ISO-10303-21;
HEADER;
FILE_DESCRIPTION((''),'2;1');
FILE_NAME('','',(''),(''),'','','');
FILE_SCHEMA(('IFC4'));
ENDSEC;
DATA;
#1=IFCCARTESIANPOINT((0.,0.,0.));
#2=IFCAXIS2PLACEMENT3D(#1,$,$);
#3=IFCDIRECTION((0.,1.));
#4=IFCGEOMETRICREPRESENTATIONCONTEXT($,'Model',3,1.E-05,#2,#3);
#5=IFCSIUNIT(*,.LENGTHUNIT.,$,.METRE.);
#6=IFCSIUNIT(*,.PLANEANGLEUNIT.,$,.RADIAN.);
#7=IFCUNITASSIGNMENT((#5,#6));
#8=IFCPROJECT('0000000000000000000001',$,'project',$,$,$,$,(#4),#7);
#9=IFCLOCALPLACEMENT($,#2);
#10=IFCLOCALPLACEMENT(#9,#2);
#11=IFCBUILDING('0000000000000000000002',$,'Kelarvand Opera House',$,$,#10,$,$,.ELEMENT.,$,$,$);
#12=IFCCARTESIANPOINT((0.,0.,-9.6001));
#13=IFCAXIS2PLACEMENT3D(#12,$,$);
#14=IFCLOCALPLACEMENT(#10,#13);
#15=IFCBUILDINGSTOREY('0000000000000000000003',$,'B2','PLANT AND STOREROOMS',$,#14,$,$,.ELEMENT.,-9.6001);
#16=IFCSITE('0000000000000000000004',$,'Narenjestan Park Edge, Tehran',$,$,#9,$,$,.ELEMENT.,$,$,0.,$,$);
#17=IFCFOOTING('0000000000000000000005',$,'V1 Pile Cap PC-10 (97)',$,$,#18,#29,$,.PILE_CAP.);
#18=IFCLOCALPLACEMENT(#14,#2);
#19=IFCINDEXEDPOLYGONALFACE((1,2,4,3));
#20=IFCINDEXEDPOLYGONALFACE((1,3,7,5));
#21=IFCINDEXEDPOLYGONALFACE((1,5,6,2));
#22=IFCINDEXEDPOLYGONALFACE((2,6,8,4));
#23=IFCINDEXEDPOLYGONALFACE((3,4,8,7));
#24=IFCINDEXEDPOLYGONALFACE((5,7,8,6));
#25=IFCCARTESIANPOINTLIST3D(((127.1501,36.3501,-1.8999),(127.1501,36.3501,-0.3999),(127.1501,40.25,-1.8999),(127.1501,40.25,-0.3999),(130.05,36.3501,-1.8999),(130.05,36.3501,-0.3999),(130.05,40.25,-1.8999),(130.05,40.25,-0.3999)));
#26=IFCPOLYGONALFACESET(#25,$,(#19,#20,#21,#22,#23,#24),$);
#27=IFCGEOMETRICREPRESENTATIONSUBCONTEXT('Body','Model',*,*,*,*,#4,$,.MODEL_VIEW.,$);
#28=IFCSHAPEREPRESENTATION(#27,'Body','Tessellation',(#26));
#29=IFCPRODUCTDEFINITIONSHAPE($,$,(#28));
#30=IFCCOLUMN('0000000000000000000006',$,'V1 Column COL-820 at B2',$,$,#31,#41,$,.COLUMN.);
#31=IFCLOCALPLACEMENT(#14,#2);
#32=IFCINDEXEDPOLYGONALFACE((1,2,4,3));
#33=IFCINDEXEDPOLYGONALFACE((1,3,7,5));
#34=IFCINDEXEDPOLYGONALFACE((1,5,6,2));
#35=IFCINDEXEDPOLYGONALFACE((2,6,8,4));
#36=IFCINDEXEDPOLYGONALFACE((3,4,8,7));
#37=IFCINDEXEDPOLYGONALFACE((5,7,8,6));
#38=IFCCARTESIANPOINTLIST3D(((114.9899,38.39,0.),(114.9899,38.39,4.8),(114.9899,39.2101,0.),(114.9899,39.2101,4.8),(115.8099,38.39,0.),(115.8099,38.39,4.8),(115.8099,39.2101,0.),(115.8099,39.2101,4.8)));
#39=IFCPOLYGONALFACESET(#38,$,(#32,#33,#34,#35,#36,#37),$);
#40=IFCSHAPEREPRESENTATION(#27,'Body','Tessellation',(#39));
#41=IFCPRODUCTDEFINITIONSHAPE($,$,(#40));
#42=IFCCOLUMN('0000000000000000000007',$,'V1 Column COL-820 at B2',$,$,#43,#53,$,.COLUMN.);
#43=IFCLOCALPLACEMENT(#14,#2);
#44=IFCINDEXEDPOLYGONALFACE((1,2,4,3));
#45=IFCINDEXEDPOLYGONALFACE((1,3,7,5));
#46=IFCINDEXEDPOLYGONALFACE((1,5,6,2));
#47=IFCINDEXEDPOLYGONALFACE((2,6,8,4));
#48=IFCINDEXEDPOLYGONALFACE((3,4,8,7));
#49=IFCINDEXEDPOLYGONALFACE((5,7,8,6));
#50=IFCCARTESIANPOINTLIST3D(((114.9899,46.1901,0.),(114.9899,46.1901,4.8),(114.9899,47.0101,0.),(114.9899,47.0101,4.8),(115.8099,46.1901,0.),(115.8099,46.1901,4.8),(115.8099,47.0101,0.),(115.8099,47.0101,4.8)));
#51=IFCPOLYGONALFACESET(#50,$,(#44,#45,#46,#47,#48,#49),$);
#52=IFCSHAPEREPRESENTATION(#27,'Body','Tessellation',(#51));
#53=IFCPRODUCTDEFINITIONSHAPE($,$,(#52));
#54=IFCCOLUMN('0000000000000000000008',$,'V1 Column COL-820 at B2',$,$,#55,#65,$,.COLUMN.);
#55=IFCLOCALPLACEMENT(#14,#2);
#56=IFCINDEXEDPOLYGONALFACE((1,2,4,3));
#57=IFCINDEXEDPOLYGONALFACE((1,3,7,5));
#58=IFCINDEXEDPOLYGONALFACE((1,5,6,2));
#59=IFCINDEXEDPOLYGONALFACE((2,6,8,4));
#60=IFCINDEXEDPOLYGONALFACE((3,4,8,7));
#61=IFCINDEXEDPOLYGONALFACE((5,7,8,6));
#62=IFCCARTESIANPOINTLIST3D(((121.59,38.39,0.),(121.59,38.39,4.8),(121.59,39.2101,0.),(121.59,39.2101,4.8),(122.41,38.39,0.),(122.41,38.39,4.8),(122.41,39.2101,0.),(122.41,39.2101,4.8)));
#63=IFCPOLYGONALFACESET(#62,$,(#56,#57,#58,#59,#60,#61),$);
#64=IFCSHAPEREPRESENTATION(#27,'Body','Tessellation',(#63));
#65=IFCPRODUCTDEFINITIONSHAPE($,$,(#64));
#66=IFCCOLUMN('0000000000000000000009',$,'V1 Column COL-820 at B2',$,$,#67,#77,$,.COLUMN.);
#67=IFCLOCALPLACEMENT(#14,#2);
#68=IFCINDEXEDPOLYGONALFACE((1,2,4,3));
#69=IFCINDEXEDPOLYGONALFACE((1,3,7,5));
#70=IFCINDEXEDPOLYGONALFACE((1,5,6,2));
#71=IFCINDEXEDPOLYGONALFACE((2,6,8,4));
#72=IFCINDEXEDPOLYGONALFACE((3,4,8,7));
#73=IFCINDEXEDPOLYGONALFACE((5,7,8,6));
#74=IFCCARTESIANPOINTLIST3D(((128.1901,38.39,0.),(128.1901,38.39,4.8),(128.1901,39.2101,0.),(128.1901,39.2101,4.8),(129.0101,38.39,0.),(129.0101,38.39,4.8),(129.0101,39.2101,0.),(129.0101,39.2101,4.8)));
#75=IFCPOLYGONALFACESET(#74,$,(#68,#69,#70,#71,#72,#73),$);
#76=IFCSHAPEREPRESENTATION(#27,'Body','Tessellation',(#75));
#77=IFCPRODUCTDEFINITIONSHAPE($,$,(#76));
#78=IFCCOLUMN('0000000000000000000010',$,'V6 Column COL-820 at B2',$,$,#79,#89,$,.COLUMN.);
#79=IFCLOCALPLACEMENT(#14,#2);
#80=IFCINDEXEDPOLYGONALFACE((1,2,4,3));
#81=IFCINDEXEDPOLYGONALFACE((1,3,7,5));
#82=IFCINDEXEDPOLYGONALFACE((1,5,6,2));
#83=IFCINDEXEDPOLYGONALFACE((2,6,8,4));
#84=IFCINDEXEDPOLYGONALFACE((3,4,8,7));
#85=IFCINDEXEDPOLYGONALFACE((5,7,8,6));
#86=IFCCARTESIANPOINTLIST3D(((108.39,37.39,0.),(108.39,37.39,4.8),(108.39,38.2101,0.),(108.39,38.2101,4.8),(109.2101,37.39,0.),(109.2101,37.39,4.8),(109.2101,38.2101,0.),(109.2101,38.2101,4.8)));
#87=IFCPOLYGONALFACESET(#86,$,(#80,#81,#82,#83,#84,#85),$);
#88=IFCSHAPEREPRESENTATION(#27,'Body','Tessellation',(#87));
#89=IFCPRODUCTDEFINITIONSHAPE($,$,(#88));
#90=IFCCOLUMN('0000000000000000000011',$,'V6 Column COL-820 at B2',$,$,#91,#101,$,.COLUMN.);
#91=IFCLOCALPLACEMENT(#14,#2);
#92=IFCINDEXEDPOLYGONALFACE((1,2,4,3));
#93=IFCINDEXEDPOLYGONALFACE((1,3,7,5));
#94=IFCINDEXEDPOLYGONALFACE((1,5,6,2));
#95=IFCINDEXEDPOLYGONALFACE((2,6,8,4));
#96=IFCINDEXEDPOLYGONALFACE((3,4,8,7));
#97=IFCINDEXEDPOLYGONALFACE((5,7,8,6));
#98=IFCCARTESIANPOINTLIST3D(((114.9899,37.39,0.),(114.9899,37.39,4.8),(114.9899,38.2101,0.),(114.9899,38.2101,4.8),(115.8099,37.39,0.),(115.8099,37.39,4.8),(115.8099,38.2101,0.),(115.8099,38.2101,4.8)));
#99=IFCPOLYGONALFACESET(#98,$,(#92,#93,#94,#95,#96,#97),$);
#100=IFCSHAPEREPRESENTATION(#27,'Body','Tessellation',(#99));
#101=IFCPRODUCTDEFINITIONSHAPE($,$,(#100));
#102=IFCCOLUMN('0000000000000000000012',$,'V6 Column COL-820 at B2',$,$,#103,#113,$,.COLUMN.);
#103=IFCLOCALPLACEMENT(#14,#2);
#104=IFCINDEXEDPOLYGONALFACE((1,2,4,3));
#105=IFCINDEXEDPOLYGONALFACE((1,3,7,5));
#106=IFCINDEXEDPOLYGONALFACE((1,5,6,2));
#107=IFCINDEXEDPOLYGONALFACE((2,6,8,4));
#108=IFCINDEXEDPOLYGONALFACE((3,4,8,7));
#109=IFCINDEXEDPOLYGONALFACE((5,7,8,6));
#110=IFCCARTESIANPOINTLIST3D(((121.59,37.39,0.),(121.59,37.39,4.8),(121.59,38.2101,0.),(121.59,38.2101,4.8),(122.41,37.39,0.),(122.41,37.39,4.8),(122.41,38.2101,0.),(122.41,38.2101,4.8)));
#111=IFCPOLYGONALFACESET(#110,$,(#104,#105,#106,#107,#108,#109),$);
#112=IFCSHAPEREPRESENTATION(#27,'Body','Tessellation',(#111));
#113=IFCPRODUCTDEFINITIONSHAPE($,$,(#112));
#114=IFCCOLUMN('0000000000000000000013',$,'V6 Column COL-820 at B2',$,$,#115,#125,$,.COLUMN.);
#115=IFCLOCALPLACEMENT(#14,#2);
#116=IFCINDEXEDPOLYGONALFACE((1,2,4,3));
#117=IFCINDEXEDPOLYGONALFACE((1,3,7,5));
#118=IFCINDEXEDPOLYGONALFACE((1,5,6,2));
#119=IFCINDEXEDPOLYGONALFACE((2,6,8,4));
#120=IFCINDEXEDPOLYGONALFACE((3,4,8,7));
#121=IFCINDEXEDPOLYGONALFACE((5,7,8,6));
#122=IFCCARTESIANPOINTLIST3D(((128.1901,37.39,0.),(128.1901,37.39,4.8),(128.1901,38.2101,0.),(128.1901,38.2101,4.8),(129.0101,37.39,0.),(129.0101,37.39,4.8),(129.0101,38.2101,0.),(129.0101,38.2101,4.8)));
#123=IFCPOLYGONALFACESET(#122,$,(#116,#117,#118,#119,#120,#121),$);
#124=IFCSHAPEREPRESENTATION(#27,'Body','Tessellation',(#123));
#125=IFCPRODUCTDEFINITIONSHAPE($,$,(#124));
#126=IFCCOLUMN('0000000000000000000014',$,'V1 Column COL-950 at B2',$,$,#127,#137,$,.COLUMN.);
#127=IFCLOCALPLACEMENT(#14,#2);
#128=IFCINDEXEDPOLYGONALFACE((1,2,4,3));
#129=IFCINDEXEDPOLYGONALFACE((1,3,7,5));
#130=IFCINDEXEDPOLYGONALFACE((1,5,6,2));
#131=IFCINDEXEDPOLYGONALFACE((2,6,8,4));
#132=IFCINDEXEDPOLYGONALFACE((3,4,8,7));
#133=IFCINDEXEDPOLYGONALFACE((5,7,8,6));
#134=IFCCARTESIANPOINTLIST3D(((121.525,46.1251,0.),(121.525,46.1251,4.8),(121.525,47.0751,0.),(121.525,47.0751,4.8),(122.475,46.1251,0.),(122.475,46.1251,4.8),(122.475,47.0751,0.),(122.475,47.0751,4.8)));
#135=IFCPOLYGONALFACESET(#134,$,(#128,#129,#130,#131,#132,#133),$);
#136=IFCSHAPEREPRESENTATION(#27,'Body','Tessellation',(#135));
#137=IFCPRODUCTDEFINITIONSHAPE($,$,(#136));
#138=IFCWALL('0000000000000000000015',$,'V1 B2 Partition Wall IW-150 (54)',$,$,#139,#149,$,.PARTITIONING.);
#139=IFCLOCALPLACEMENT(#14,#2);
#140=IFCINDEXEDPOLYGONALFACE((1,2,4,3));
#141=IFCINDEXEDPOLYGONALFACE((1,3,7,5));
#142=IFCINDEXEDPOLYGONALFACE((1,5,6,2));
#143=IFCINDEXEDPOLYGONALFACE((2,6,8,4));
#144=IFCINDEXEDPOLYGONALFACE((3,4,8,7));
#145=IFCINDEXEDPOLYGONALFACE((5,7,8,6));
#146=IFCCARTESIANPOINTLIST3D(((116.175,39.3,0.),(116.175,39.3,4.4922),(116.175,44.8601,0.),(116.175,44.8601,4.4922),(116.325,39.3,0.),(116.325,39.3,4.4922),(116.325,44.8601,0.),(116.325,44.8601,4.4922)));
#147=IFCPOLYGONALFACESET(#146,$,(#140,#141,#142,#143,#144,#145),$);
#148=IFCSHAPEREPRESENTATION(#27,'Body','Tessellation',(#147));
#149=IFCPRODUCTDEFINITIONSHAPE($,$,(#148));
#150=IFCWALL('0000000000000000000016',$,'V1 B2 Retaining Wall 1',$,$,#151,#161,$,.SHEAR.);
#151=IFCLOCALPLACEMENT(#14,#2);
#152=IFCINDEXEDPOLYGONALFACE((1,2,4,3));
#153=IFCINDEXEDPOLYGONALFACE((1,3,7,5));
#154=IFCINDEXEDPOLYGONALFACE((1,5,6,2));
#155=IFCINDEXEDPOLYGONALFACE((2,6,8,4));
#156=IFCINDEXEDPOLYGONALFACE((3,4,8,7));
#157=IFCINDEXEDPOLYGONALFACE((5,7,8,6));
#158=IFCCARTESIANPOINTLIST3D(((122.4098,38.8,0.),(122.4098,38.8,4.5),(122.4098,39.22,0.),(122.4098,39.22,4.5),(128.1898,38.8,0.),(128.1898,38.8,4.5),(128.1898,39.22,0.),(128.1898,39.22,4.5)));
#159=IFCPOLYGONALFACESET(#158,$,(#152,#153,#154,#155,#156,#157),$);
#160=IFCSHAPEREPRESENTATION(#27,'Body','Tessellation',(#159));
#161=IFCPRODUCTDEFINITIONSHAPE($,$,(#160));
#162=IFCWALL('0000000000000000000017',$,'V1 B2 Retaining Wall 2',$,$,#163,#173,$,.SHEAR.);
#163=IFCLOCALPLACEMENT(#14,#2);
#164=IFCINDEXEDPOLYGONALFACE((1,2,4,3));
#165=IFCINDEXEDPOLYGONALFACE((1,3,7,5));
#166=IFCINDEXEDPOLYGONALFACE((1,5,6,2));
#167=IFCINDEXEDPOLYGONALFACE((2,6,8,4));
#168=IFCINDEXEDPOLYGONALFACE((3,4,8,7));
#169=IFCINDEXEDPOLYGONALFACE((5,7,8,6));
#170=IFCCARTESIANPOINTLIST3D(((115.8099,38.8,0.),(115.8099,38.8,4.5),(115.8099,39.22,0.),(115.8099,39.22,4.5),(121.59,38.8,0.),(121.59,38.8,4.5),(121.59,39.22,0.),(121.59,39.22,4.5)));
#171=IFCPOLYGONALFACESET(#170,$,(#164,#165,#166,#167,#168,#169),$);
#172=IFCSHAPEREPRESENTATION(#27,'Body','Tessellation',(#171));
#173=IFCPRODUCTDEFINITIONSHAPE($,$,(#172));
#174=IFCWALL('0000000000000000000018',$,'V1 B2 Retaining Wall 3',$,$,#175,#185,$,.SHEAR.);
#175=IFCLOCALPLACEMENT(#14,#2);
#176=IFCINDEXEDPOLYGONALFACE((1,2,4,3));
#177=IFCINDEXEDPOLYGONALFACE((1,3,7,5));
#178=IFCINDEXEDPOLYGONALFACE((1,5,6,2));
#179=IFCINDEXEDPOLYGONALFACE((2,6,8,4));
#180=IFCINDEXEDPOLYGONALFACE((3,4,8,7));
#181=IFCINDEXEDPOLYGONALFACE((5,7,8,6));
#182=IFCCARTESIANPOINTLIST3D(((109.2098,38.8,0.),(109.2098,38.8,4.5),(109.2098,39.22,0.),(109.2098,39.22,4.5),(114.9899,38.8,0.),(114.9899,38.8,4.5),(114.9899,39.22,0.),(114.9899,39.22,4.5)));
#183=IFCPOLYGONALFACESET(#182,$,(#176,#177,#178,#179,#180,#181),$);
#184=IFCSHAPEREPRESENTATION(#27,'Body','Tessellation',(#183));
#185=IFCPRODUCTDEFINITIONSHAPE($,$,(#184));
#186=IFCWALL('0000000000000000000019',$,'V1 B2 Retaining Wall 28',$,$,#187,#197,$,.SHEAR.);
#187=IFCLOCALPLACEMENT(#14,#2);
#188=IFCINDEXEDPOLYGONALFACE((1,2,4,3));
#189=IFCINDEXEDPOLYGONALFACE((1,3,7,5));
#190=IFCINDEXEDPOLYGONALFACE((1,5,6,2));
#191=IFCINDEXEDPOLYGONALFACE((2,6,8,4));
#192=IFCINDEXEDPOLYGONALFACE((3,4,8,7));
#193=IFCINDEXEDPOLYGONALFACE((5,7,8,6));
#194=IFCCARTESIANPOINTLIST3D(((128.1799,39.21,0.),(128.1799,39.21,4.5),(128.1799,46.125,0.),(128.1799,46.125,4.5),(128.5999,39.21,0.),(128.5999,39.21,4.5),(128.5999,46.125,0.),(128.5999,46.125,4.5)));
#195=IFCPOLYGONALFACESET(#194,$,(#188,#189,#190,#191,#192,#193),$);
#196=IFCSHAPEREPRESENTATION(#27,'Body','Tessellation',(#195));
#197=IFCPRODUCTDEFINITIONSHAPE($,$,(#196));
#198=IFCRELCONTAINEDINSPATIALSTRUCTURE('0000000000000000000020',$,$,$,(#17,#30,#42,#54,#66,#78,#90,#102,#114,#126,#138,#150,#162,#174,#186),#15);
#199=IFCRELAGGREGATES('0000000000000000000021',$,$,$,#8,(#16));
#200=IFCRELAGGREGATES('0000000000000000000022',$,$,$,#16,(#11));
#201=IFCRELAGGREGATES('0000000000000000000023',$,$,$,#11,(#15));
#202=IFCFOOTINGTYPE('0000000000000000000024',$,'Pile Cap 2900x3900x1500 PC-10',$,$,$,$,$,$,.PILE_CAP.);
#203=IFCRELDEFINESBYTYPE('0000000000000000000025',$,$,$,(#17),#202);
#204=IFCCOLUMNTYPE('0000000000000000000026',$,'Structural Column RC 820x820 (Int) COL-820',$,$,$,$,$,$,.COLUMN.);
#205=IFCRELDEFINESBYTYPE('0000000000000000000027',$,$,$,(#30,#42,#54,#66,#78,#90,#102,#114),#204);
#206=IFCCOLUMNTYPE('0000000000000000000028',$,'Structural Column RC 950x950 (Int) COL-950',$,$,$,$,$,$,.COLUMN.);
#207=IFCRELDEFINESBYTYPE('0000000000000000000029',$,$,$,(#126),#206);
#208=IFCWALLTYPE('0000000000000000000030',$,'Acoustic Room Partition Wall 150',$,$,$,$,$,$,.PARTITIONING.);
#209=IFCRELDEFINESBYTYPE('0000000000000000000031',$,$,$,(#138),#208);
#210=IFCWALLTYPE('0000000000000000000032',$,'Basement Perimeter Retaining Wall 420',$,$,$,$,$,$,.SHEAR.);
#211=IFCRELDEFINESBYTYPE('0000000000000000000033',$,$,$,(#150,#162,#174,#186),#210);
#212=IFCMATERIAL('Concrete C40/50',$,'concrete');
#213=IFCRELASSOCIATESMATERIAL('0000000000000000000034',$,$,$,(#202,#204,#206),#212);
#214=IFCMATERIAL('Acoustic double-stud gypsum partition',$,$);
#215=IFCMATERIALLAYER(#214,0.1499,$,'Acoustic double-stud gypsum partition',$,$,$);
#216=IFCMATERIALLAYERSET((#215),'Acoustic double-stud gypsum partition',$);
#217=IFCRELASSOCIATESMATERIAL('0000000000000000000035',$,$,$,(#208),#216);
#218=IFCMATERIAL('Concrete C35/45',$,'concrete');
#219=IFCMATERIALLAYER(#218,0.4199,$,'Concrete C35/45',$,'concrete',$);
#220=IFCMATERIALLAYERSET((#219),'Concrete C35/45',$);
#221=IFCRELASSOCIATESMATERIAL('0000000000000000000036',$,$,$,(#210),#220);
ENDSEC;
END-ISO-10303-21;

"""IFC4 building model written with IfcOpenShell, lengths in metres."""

from ifc_helpers import new_model, si_unit, direction, frame, frame_2d, origin, origin_2d, place, context, subcontext, project, spatial, rectangle, extrude, material, layer, layer_set, material_profile, profile_set, type_object, element, save


model = new_model("IFC4")

# Units and contexts
model_context = context("Model", 3, precision=1e-05, world=origin(), true_north=direction((0.0, 1.0)))
body_context = subcontext(model_context, "Body", "Model", "MODEL_VIEW")
ifc_project = project(units=[si_unit("LENGTHUNIT", "METRE"), si_unit("PLANEANGLEUNIT", "RADIAN")], contexts=[model_context])

# Site, building, storey
site_placement = place(None, origin())
site = spatial("IfcSite", under=ifc_project, at=site_placement, Name="Narenjestan Park Edge, Tehran", CompositionType="ELEMENT", RefElevation=0.0)
building_placement = place(site_placement, origin())
building = spatial("IfcBuilding", under=site, at=building_placement, Name="Kelarvand Opera House", CompositionType="ELEMENT")
storey_placement = place(building_placement, frame((0.0, 0.0, -9.6001)))
storey = spatial("IfcBuildingStorey", under=building, at=storey_placement, Name="B2", Description="PLANT AND STOREROOMS", CompositionType="ELEMENT", Elevation=-9.6001)

# Shared definitions
ifc_material_1 = material(Name="Concrete C40/50", Category="concrete")

# Footing
footing_type_1 = type_object("IfcFootingType", Name="Pile Cap 2900x3900x1500 PC-10", PredefinedType="PILE_CAP", material=ifc_material_1)
for number, where, z_axis, x_axis, name in (
    (1, (128.6001, 38.3, -1.8999), (0.0, 0.0, 1.0), (1.0, 0.0, 0.0), "V1 Pile Cap PC-10 (97)"),
):
    element("IfcFooting", number, at=place(storey_placement, frame(where, z_axis=z_axis, x_axis=x_axis)), inside=storey, type_object=footing_type_1, Name=name, PredefinedType="PILE_CAP", context=body_context, shape_type="SweptSolid", body=[
        extrude(rectangle(XDim=2.8999, YDim=3.8999, at=origin_2d()), origin(), (0.0, 0.0, 1.0), 1.5),
    ])

# Columns
ifc_material_profile_1 = material_profile(ifc_material_1, rectangle(XDim=0.8201, YDim=0.8201, at=origin_2d()), Name="RC 820x820", Category="concrete")
ifc_profile_set_1 = profile_set([ifc_material_profile_1], Name="Concrete C40/50")
column_type_1 = type_object("IfcColumnType", Name="Structural Column RC 820x820 (Int) COL-820", PredefinedType="COLUMN", material=ifc_profile_set_1)
for number, where, z_axis, x_axis, name in (
    (2, (115.3999, 38.8, 0.0), (0.0, 0.0, 1.0), (1.0, 0.0, 0.0), "V1 Column COL-820 at B2"),
    (3, (115.3999, 46.6001, 0.0), (0.0, 0.0, 1.0), (1.0, 0.0, 0.0), "V1 Column COL-820 at B2"),
    (4, (122.0, 38.8, 0.0), (0.0, 0.0, 1.0), (1.0, 0.0, 0.0), "V1 Column COL-820 at B2"),
    (5, (128.6001, 38.8, 0.0), (0.0, 0.0, 1.0), (1.0, 0.0, 0.0), "V1 Column COL-820 at B2"),
    (6, (108.8, 37.8, 0.0), (0.0, 0.0, 1.0), (1.0, 0.0, 0.0), "V6 Column COL-820 at B2"),
    (7, (115.3999, 37.8, 0.0), (0.0, 0.0, 1.0), (1.0, 0.0, 0.0), "V6 Column COL-820 at B2"),
    (8, (122.0, 37.8, 0.0), (0.0, 0.0, 1.0), (1.0, 0.0, 0.0), "V6 Column COL-820 at B2"),
    (9, (128.6001, 37.8, 0.0), (0.0, 0.0, 1.0), (1.0, 0.0, 0.0), "V6 Column COL-820 at B2"),
):
    element("IfcColumn", number, at=place(storey_placement, frame(where, z_axis=z_axis, x_axis=x_axis)), inside=storey, type_object=column_type_1, Name=name, PredefinedType="COLUMN", context=body_context, shape_type="SweptSolid", body=[
        extrude(rectangle(XDim=0.8201, YDim=0.8201, at=origin_2d()), origin(), (0.0, 0.0, 1.0), 4.8),
    ])
ifc_material_profile_2 = material_profile(ifc_material_1, rectangle(XDim=0.95, YDim=0.95, at=origin_2d()), Name="RC 950x950", Category="concrete")
ifc_profile_set_2 = profile_set([ifc_material_profile_2], Name="Concrete C40/50")
column_type_2 = type_object("IfcColumnType", Name="Structural Column RC 950x950 (Int) COL-950", PredefinedType="COLUMN", material=ifc_profile_set_2)
column_placement = place(storey_placement, frame((122.0, 46.6001, 0.0), z_axis=(0.0, 0.0, 1.0), x_axis=(1.0, 0.0, 0.0)))
element("IfcColumn", 10, at=column_placement, inside=storey, type_object=column_type_2, Name="V1 Column COL-950 at B2", PredefinedType="COLUMN", context=body_context, shape_type="SweptSolid", body=[
    extrude(rectangle(XDim=0.95, YDim=0.95, at=origin_2d()), origin(), (0.0, 0.0, 1.0), 4.8),
])

# Walls
ifc_material_2 = material(Name="Acoustic double-stud gypsum partition")
ifc_layer_1 = layer(ifc_material_2, 0.1499, Name="Acoustic double-stud gypsum partition")
ifc_layer_set_1 = layer_set([ifc_layer_1], Name="Acoustic double-stud gypsum partition")
wall_type_1 = type_object("IfcWallType", Name="Acoustic Room Partition Wall 150", PredefinedType="PARTITIONING", material=ifc_layer_set_1)
wall_1_placement = place(storey_placement, frame((116.25, 39.3, 0.0), z_axis=(0.0, 0.0, 1.0), x_axis=(0.0, 1.0, 0.0)))
element("IfcWall", 11, at=wall_1_placement, inside=storey, type_object=wall_type_1, Name="V1 B2 Partition Wall IW-150 (54)", PredefinedType="PARTITIONING", context=body_context, shape_type="SweptSolid", body=[
    extrude(rectangle(XDim=5.5601, YDim=0.1499, at=frame_2d((2.78, 0.0))), origin(), (0.0, 0.0, 1.0), 4.4922),
])
ifc_material_3 = material(Name="Concrete C35/45", Category="concrete")
ifc_layer_2 = layer(ifc_material_3, 0.4199, Name="Concrete C35/45", Category="concrete")
ifc_layer_set_2 = layer_set([ifc_layer_2], Name="Concrete C35/45")
wall_type_2 = type_object("IfcWallType", Name="Basement Perimeter Retaining Wall 420", PredefinedType="SHEAR", material=ifc_layer_set_2)
for number, where, z_axis, x_axis, name in (
    (12, (128.1899, 39.01, 0.0), (0.0, 0.0, 1.0), (-1.0, 0.0, 0.0), "V1 B2 Retaining Wall 1"),
    (13, (121.5901, 39.01, 0.0), (0.0, 0.0, 1.0), (-1.0, 0.0, 0.0), "V1 B2 Retaining Wall 2"),
    (14, (114.99, 39.01, 0.0), (0.0, 0.0, 1.0), (-1.0, 0.0, 0.0), "V1 B2 Retaining Wall 3"),
):
    element("IfcWall", number, at=place(storey_placement, frame(where, z_axis=z_axis, x_axis=x_axis)), inside=storey, type_object=wall_type_2, Name=name, PredefinedType="SHEAR", context=body_context, shape_type="SweptSolid", body=[
        extrude(rectangle(XDim=5.78, YDim=0.4199, at=frame_2d((2.8901, 0.0))), origin(), (0.0, 0.0, 1.0), 4.5),
    ])
wall_2_placement = place(storey_placement, frame((128.3899, 46.125, 0.0), z_axis=(0.0, 0.0, 1.0), x_axis=(0.0, -1.0, 0.0)))
element("IfcWall", 15, at=wall_2_placement, inside=storey, type_object=wall_type_2, Name="V1 B2 Retaining Wall 28", PredefinedType="SHEAR", context=body_context, shape_type="SweptSolid", body=[
    extrude(rectangle(XDim=6.915, YDim=0.4199, at=frame_2d((3.4575, 0.0))), origin(), (0.0, 0.0, 1.0), 4.5),
])

save(model, "model.ifc")
